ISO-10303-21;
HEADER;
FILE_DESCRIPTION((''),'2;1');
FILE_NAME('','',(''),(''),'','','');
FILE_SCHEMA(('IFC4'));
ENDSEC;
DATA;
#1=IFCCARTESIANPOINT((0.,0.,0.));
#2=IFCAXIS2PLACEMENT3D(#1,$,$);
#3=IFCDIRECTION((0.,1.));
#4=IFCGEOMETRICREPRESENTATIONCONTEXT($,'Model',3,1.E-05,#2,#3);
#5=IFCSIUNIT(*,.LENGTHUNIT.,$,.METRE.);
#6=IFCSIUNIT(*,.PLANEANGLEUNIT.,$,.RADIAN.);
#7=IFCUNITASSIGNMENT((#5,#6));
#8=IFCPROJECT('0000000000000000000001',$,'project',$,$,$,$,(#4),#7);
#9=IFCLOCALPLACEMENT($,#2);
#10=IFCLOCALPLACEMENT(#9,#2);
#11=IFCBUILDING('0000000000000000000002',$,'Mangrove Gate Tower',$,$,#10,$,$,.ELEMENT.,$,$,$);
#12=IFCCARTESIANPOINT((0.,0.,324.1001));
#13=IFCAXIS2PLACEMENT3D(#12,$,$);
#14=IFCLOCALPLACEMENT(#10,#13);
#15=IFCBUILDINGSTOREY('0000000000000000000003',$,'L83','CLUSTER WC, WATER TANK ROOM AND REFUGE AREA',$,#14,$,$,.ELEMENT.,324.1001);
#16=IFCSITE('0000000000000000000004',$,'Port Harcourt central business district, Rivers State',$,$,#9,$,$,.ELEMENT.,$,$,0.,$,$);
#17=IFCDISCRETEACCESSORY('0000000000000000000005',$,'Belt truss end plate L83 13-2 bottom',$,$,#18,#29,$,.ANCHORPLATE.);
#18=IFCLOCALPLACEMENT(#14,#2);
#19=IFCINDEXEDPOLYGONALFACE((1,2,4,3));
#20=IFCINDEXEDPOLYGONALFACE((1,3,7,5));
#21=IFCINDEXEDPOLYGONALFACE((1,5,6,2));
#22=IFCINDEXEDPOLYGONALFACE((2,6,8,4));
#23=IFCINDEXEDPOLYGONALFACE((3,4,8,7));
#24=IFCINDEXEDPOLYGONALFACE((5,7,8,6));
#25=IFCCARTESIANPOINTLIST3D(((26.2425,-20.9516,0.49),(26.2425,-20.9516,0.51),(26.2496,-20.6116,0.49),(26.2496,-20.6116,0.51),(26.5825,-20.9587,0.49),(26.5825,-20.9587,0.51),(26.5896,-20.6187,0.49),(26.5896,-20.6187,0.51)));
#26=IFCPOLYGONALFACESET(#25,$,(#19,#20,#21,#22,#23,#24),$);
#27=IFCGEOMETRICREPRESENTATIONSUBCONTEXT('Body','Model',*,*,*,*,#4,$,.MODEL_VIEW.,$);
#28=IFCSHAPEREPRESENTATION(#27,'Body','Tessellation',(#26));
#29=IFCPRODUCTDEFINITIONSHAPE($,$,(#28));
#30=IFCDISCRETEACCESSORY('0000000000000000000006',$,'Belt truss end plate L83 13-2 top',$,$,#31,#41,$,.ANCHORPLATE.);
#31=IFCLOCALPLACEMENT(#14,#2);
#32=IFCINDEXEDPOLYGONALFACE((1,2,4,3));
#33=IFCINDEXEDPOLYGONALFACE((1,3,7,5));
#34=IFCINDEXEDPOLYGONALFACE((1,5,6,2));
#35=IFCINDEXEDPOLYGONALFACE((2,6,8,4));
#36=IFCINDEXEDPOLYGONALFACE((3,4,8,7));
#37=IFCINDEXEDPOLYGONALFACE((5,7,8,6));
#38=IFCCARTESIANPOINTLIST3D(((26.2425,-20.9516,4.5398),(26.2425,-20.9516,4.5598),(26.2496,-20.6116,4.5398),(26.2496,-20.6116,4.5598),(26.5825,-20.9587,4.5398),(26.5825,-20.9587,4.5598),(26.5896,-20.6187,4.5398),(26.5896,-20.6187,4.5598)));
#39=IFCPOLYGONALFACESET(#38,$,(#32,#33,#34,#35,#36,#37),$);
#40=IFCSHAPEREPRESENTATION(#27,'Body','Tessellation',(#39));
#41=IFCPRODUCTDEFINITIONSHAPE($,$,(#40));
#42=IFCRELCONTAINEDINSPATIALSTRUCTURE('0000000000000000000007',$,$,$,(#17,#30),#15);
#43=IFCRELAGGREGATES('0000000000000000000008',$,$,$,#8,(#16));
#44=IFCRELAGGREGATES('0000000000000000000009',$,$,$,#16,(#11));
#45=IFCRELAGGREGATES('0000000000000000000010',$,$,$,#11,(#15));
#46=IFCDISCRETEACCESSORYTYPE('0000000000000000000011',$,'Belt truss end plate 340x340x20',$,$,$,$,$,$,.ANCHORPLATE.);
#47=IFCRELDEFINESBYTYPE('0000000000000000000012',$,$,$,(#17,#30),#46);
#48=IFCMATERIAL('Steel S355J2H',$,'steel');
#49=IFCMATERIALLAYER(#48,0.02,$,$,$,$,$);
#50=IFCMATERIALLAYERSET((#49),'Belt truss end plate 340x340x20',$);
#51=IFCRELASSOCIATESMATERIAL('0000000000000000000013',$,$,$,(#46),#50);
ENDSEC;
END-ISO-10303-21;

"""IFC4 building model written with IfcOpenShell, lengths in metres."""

from ifc_helpers import new_model, si_unit, direction, frame, origin, origin_2d, place, context, subcontext, project, spatial, rectangle, extrude, material, layer, layer_set, type_object, element, save


model = new_model("IFC4")

# Units and contexts
model_context = context("Model", 3, precision=1e-05, world=origin(), true_north=direction((0.0, 1.0)))
body_context = subcontext(model_context, "Body", "Model", "MODEL_VIEW")
ifc_project = project(units=[si_unit("LENGTHUNIT", "METRE"), si_unit("PLANEANGLEUNIT", "RADIAN")], contexts=[model_context])

# Site, building, storey
site_placement = place(None, origin())
site = spatial("IfcSite", under=ifc_project, at=site_placement, Name="Port Harcourt central business district, Rivers State", CompositionType="ELEMENT", RefElevation=0.0)
building_placement = place(site_placement, origin())
building = spatial("IfcBuilding", under=site, at=building_placement, Name="Mangrove Gate Tower", CompositionType="ELEMENT")
storey_placement = place(building_placement, frame((0.0, 0.0, 324.1001)))
storey = spatial("IfcBuildingStorey", under=building, at=storey_placement, Name="L83", Description="CLUSTER WC, WATER TANK ROOM AND REFUGE AREA", CompositionType="ELEMENT", Elevation=324.1001)

# Discrete accessories
ifc_material_1 = material(Name="Steel S355J2H", Category="steel")
ifc_layer_1 = layer(ifc_material_1, 0.02)
ifc_layer_set_1 = layer_set([ifc_layer_1], Name="Belt truss end plate 340x340x20")
discrete_accessory_type = type_object("IfcDiscreteAccessoryType", Name="Belt truss end plate 340x340x20", PredefinedType="ANCHORPLATE", material=ifc_layer_set_1)
for number, where, z_axis, x_axis, name in (
    (1, (26.416, -20.7852, 0.49), (0.0, 0.0, 1.0), (0.999782, -0.020899, 0.0), "Belt truss end plate L83 13-2 bottom"),
    (2, (26.416, -20.7852, 4.5398), (0.0, 0.0, 1.0), (0.999782, -0.020899, 0.0), "Belt truss end plate L83 13-2 top"),
):
    element("IfcDiscreteAccessory", number, at=place(storey_placement, frame(where, z_axis=z_axis, x_axis=x_axis)), inside=storey, type_object=discrete_accessory_type, Name=name, PredefinedType="ANCHORPLATE", context=body_context, shape_type="SweptSolid", body=[
        extrude(rectangle(XDim=0.3401, YDim=0.3401, at=origin_2d()), origin(), (0.0, 0.0, 1.0), 0.02),
    ])

save(model, "model.ifc")
